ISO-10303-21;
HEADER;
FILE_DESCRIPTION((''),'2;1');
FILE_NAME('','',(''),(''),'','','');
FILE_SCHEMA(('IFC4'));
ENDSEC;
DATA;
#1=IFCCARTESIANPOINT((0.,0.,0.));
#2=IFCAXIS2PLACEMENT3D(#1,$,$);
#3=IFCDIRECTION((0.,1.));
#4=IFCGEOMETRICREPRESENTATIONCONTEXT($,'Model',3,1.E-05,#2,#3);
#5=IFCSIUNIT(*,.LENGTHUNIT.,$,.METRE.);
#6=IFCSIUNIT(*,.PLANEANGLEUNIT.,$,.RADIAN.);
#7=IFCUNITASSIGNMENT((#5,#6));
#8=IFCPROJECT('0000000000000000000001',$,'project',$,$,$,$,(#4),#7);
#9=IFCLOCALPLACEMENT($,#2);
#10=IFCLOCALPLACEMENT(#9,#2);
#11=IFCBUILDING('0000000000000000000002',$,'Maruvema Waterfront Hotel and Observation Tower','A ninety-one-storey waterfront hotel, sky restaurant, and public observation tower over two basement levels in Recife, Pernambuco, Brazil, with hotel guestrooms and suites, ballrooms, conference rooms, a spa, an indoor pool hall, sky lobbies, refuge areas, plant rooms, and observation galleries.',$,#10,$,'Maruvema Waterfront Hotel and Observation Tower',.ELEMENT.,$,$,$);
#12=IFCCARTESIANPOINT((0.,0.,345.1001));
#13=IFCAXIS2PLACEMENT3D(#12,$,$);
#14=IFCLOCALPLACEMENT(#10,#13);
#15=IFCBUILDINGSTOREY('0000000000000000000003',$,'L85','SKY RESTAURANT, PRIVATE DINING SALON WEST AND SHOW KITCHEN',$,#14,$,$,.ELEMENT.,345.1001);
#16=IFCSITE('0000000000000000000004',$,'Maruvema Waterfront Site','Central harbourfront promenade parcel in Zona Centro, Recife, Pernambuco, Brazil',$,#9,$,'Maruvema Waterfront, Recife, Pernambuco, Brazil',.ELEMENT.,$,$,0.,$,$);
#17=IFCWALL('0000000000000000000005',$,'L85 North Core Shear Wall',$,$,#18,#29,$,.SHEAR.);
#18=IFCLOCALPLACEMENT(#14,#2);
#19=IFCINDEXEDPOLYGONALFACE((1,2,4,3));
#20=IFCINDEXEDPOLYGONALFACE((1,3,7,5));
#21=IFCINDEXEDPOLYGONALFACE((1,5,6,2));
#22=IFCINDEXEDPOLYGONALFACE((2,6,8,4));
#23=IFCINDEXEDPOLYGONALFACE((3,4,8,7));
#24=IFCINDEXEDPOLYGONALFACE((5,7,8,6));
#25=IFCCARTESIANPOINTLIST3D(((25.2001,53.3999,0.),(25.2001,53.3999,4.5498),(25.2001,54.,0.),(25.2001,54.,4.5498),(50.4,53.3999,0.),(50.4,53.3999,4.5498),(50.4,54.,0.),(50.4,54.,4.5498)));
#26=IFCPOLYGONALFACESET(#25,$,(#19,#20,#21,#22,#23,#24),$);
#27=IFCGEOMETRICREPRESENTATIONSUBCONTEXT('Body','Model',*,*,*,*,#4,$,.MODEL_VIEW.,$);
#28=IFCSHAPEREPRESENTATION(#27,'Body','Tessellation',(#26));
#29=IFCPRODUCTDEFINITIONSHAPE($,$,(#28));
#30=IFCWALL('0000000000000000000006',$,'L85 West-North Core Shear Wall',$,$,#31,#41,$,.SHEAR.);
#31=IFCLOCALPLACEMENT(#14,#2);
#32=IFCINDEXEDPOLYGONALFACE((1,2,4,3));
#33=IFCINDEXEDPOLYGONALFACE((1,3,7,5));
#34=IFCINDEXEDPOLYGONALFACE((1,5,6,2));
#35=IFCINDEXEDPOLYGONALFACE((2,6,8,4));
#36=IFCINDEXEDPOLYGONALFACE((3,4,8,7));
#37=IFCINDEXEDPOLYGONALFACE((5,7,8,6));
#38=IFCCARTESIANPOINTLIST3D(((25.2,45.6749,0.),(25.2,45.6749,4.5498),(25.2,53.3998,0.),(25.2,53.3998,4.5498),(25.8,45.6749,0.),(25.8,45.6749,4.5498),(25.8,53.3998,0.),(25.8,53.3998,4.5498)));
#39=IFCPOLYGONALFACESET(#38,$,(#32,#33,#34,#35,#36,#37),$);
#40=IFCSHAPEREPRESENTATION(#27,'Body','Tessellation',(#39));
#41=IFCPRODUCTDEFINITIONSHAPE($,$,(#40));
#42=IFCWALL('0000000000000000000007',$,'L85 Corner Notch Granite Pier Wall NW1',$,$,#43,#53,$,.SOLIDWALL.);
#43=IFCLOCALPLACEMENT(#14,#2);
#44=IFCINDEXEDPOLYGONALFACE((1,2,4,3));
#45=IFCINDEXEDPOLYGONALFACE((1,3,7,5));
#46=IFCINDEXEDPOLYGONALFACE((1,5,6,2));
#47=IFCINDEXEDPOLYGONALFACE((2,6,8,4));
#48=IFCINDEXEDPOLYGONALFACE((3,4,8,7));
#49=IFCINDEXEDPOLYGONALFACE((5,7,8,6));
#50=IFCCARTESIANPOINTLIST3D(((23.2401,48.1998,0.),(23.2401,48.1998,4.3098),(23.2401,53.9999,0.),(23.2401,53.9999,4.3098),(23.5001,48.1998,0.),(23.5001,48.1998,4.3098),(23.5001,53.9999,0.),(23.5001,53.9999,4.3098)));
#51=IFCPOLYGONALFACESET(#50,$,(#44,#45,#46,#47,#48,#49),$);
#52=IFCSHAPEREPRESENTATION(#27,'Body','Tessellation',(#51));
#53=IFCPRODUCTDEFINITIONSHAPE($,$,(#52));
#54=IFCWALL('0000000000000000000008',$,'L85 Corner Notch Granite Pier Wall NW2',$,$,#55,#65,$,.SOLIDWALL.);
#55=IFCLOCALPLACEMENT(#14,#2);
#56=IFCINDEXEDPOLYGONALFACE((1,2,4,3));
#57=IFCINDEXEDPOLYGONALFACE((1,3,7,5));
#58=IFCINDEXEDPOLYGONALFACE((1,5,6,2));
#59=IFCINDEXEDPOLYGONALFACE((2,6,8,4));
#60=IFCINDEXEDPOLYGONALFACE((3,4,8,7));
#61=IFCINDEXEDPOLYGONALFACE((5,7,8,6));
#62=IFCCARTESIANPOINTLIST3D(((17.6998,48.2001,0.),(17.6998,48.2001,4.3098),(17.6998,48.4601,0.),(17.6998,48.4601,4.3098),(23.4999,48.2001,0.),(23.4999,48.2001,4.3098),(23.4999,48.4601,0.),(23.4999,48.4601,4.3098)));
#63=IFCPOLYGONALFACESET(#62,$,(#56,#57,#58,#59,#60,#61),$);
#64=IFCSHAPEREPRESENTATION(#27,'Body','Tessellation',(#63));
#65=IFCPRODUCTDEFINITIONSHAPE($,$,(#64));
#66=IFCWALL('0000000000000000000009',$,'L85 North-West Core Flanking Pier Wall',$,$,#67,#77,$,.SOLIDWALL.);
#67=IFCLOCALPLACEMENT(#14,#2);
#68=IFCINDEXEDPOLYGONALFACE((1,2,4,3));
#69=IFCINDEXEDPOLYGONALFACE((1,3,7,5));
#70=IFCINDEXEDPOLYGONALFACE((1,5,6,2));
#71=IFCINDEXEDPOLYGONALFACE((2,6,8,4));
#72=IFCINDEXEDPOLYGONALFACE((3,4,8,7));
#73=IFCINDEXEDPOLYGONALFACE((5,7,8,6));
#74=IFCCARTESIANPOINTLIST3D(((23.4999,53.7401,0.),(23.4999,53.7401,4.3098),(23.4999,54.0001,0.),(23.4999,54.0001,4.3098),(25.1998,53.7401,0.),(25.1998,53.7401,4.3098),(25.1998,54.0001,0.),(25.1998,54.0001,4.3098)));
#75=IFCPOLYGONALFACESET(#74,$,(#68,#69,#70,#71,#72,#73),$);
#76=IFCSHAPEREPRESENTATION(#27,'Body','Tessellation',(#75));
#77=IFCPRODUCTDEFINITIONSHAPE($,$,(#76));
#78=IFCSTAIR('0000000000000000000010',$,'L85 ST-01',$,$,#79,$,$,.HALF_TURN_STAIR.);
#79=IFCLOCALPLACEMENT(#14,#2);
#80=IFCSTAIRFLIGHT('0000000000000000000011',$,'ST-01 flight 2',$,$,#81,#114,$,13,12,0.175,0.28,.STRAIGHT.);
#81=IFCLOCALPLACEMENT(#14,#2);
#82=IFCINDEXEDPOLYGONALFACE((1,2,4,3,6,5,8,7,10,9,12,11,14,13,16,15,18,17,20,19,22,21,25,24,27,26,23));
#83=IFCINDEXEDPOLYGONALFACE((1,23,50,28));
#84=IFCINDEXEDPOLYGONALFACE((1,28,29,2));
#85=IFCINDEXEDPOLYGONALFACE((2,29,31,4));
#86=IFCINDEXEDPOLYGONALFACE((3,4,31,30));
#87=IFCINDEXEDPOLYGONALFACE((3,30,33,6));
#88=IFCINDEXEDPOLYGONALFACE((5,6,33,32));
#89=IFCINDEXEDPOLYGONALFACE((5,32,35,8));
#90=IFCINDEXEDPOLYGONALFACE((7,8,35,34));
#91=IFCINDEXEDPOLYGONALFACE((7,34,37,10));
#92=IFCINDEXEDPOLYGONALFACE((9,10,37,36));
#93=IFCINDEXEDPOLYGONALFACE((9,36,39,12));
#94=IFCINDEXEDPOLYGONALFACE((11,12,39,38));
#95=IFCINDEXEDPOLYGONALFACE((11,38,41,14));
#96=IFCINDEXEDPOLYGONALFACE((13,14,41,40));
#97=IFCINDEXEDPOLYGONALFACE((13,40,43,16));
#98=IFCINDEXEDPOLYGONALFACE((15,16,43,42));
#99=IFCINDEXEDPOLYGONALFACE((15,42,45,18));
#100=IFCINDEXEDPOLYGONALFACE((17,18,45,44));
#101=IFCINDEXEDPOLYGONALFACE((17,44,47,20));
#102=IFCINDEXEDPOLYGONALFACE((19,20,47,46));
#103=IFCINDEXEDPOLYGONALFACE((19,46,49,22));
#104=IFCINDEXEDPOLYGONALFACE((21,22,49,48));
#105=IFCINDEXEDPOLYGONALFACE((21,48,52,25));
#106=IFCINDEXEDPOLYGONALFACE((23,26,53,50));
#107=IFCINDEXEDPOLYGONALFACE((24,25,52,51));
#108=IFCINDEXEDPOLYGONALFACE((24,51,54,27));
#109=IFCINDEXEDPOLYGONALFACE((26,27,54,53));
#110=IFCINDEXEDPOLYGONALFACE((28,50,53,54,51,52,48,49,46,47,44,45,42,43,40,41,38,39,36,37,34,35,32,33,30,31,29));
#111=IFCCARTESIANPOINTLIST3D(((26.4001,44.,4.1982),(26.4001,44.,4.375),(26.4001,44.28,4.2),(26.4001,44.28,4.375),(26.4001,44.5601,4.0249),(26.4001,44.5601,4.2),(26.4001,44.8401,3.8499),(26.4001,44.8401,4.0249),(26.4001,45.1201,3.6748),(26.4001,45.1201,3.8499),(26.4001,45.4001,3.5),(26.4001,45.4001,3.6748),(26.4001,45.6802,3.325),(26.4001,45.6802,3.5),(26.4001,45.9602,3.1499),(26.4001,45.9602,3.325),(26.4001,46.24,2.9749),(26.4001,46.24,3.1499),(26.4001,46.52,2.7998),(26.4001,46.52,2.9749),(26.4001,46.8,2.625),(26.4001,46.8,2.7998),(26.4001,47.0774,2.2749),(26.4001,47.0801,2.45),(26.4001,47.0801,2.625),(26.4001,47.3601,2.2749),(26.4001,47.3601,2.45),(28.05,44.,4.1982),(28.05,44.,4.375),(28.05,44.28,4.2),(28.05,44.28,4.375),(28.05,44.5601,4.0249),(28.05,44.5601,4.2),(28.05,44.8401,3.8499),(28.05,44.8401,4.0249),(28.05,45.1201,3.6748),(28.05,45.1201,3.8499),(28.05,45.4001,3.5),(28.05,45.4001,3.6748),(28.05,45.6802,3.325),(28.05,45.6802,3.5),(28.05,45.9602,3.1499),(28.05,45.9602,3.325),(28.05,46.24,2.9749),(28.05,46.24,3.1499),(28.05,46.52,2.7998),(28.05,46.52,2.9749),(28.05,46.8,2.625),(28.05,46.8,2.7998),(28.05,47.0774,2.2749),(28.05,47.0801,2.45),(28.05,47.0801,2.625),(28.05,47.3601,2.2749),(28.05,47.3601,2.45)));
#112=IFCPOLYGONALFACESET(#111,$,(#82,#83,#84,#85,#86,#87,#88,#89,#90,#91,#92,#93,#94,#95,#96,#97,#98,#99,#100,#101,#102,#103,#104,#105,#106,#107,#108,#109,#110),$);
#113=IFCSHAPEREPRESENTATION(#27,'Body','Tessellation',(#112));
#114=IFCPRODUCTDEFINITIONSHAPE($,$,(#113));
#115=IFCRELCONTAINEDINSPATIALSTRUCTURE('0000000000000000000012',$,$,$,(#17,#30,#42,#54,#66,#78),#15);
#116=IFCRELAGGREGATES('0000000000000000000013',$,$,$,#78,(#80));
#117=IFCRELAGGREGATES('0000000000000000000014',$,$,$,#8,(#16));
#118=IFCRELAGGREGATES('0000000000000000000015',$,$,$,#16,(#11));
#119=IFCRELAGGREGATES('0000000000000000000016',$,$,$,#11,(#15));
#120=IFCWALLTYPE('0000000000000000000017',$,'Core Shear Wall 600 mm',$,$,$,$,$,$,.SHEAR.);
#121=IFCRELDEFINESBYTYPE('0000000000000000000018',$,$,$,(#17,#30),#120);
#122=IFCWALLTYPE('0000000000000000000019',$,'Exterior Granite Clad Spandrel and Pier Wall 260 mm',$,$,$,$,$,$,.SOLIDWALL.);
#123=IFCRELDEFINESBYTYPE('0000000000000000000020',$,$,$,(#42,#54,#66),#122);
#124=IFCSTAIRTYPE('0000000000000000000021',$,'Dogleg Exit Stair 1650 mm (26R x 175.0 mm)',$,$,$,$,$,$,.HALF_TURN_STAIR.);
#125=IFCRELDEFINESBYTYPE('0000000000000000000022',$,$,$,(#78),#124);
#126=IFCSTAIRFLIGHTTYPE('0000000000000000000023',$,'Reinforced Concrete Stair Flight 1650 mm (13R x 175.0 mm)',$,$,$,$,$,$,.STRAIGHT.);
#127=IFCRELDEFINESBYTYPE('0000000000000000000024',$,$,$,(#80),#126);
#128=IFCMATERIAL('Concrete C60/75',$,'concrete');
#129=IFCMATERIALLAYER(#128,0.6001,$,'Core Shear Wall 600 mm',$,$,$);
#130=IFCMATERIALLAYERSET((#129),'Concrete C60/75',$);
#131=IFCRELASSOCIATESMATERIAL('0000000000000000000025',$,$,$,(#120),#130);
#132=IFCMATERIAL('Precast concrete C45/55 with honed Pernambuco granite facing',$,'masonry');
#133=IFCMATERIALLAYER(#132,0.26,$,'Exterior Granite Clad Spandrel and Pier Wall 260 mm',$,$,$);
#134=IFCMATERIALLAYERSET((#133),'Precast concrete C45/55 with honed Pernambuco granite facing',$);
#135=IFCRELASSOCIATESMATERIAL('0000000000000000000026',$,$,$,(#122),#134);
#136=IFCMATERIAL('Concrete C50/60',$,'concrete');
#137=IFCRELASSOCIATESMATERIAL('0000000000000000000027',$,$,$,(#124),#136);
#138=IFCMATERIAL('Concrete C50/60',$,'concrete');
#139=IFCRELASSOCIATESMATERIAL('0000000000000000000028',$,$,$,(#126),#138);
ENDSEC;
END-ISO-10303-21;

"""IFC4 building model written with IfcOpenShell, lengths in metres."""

from ifc_helpers import new_model, si_unit, direction, frame, frame_2d, origin, place, context, subcontext, project, spatial, polyline, rectangle, outline, extrude, material, layer, layer_set, type_object, element, aggregate, save


model = new_model("IFC4")

# Units and contexts
model_context = context("Model", 3, precision=1e-05, world=origin(), true_north=direction((0.0, 1.0)))
body_context = subcontext(model_context, "Body", "Model", "MODEL_VIEW")
ifc_project = project(units=[si_unit("LENGTHUNIT", "METRE"), si_unit("PLANEANGLEUNIT", "RADIAN")], contexts=[model_context])

# Site, building, storey
site_placement = place(None, origin())
site = spatial("IfcSite", under=ifc_project, at=site_placement, Name="Maruvema Waterfront Site", Description="Central harbourfront promenade parcel in Zona Centro, Recife, Pernambuco, Brazil", LongName="Maruvema Waterfront, Recife, Pernambuco, Brazil", CompositionType="ELEMENT", RefElevation=0.0)
building_placement = place(site_placement, origin())
building = spatial("IfcBuilding", under=site, at=building_placement, Name="Maruvema Waterfront Hotel and Observation Tower", Description="A ninety-one-storey waterfront hotel, sky restaurant, and public observation tower over two basement levels in Recife, Pernambuco, Brazil, with hotel guestrooms and suites, ballrooms, conference rooms, a spa, an indoor pool hall, sky lobbies, refuge areas, plant rooms, and observation galleries.", LongName="Maruvema Waterfront Hotel and Observation Tower", CompositionType="ELEMENT")
storey_placement = place(building_placement, frame((0.0, 0.0, 345.1001)))
storey = spatial("IfcBuildingStorey", under=building, at=storey_placement, Name="L85", Description="SKY RESTAURANT, PRIVATE DINING SALON WEST AND SHOW KITCHEN", CompositionType="ELEMENT", Elevation=345.1001)

# Walls
ifc_material_1 = material(Name="Concrete C60/75", Category="concrete")
ifc_layer_1 = layer(ifc_material_1, 0.6001, Name="Core Shear Wall 600 mm")
ifc_layer_set_1 = layer_set([ifc_layer_1], Name="Concrete C60/75")
wall_type_1 = type_object("IfcWallType", Name="Core Shear Wall 600 mm", PredefinedType="SHEAR", material=ifc_layer_set_1)
wall_1_placement = place(storey_placement, frame((25.2, 53.7, 0.0), z_axis=(0.0, 0.0, 1.0), x_axis=(1.0, 0.0, 0.0)))
element("IfcWall", 1, at=wall_1_placement, inside=storey, type_object=wall_type_1, Name="L85 North Core Shear Wall", PredefinedType="SHEAR", context=body_context, shape_type="SweptSolid", body=[
    extrude(rectangle(XDim=25.2, YDim=0.6001, at=frame_2d((12.6001, 0.0))), origin(), (0.0, 0.0, 1.0), 4.5498),
])
wall_2_placement = place(storey_placement, frame((25.5, 45.675, 0.0), z_axis=(0.0, 0.0, 1.0), x_axis=(0.0, 1.0, 0.0)))
element("IfcWall", 2, at=wall_2_placement, inside=storey, type_object=wall_type_1, Name="L85 West-North Core Shear Wall", PredefinedType="SHEAR", context=body_context, shape_type="SweptSolid", body=[
    extrude(rectangle(XDim=7.7249, YDim=0.6001, at=frame_2d((3.8623, 0.0))), origin(), (0.0, 0.0, 1.0), 4.5498),
])
ifc_material_2 = material(Name="Precast concrete C45/55 with honed Pernambuco granite facing", Category="masonry")
ifc_layer_2 = layer(ifc_material_2, 0.26, Name="Exterior Granite Clad Spandrel and Pier Wall 260 mm")
ifc_layer_set_2 = layer_set([ifc_layer_2], Name="Precast concrete C45/55 with honed Pernambuco granite facing")
wall_type_2 = type_object("IfcWallType", Name="Exterior Granite Clad Spandrel and Pier Wall 260 mm", PredefinedType="SOLIDWALL", material=ifc_layer_set_2)
for number, where, z_axis, x_axis, name in (
    (3, (23.3701, 48.2, 0.0), (0.0, 0.0, 1.0), (0.0, 1.0, 0.0), "L85 Corner Notch Granite Pier Wall NW1"),
    (4, (17.7, 48.3301, 0.0), (0.0, 0.0, 1.0), (1.0, 0.0, 0.0), "L85 Corner Notch Granite Pier Wall NW2"),
):
    element("IfcWall", number, at=place(storey_placement, frame(where, z_axis=z_axis, x_axis=x_axis)), inside=storey, type_object=wall_type_2, Name=name, PredefinedType="SOLIDWALL", context=body_context, shape_type="SweptSolid", body=[
        extrude(rectangle(XDim=5.8, YDim=0.26, at=frame_2d((2.8999, 0.0))), origin(), (0.0, 0.0, 1.0), 4.3098),
    ])
wall_3_placement = place(storey_placement, frame((25.2, 53.8701, 0.0), z_axis=(0.0, 0.0, 1.0), x_axis=(-1.0, 0.0, 0.0)))
element("IfcWall", 5, at=wall_3_placement, inside=storey, type_object=wall_type_2, Name="L85 North-West Core Flanking Pier Wall", PredefinedType="SOLIDWALL", context=body_context, shape_type="SweptSolid", body=[
    extrude(rectangle(XDim=1.7, YDim=0.26, at=frame_2d((0.8501, 0.0))), origin(), (0.0, 0.0, 1.0), 4.3098),
])

# Stair, stair flight
ifc_material_3 = material(Name="Concrete C50/60", Category="concrete")
stair_type = type_object("IfcStairType", Name="Dogleg Exit Stair 1650 mm (26R x 175.0 mm)", PredefinedType="HALF_TURN_STAIR", material=ifc_material_3)
stair_placement = place(storey_placement, origin())
stair = element("IfcStair", 6, at=stair_placement, inside=storey, type_object=stair_type, Name="L85 ST-01", PredefinedType="HALF_TURN_STAIR")
ifc_material_4 = material(Name="Concrete C50/60", Category="concrete")
stair_flight_type = type_object("IfcStairFlightType", Name="Reinforced Concrete Stair Flight 1650 mm (13R x 175.0 mm)", PredefinedType="STRAIGHT", material=ifc_material_4)
stair_flight_placement = place(storey_placement, frame((27.2251, 47.3601, 2.2749), z_axis=(0.0, 0.0, 1.0), x_axis=(0.0, -1.0, 0.0)))
stair_flight = element("IfcStairFlight", 7, at=stair_flight_placement, type_object=stair_flight_type, Name="ST-01 flight 2", NumberOfRisers=13, NumberOfTreads=12, PredefinedType="STRAIGHT", RiserHeight=0.175, TreadLength=0.28, context=body_context, shape_type="SweptSolid", body=[
    extrude(outline(polyline([(0.0, 0.0), (0.0, 0.175), (0.28, 0.175), (0.28, 0.3501), (0.5601, 0.3501), (0.5601, 0.5249), (0.8401, 0.5249), (0.8401, 0.7), (1.1201, 0.7), (1.1201, 0.875), (1.3999, 0.875), (1.3999, 1.05), (1.6799, 1.05), (1.6799, 1.2251), (1.96, 1.2251), (1.96, 1.3999), (2.24, 1.3999), (2.24, 1.575), (2.52, 1.575), (2.52, 1.75), (2.8, 1.75), (2.8, 1.925), (3.0801, 1.925), (3.0801, 2.1001), (3.3601, 2.1001), (3.3601, 2.2749), (3.3601, 1.9233), (0.2827, 0.0), (0.0, 0.0)])), frame((0.0, 0.825, 0.0), z_axis=(0.0, -1.0, 0.0), x_axis=(1.0, 0.0, 0.0)), (0.0, 0.0, 1.0), 1.6499),
])
aggregate(stair, [stair_flight])

save(model, "model.ifc")
